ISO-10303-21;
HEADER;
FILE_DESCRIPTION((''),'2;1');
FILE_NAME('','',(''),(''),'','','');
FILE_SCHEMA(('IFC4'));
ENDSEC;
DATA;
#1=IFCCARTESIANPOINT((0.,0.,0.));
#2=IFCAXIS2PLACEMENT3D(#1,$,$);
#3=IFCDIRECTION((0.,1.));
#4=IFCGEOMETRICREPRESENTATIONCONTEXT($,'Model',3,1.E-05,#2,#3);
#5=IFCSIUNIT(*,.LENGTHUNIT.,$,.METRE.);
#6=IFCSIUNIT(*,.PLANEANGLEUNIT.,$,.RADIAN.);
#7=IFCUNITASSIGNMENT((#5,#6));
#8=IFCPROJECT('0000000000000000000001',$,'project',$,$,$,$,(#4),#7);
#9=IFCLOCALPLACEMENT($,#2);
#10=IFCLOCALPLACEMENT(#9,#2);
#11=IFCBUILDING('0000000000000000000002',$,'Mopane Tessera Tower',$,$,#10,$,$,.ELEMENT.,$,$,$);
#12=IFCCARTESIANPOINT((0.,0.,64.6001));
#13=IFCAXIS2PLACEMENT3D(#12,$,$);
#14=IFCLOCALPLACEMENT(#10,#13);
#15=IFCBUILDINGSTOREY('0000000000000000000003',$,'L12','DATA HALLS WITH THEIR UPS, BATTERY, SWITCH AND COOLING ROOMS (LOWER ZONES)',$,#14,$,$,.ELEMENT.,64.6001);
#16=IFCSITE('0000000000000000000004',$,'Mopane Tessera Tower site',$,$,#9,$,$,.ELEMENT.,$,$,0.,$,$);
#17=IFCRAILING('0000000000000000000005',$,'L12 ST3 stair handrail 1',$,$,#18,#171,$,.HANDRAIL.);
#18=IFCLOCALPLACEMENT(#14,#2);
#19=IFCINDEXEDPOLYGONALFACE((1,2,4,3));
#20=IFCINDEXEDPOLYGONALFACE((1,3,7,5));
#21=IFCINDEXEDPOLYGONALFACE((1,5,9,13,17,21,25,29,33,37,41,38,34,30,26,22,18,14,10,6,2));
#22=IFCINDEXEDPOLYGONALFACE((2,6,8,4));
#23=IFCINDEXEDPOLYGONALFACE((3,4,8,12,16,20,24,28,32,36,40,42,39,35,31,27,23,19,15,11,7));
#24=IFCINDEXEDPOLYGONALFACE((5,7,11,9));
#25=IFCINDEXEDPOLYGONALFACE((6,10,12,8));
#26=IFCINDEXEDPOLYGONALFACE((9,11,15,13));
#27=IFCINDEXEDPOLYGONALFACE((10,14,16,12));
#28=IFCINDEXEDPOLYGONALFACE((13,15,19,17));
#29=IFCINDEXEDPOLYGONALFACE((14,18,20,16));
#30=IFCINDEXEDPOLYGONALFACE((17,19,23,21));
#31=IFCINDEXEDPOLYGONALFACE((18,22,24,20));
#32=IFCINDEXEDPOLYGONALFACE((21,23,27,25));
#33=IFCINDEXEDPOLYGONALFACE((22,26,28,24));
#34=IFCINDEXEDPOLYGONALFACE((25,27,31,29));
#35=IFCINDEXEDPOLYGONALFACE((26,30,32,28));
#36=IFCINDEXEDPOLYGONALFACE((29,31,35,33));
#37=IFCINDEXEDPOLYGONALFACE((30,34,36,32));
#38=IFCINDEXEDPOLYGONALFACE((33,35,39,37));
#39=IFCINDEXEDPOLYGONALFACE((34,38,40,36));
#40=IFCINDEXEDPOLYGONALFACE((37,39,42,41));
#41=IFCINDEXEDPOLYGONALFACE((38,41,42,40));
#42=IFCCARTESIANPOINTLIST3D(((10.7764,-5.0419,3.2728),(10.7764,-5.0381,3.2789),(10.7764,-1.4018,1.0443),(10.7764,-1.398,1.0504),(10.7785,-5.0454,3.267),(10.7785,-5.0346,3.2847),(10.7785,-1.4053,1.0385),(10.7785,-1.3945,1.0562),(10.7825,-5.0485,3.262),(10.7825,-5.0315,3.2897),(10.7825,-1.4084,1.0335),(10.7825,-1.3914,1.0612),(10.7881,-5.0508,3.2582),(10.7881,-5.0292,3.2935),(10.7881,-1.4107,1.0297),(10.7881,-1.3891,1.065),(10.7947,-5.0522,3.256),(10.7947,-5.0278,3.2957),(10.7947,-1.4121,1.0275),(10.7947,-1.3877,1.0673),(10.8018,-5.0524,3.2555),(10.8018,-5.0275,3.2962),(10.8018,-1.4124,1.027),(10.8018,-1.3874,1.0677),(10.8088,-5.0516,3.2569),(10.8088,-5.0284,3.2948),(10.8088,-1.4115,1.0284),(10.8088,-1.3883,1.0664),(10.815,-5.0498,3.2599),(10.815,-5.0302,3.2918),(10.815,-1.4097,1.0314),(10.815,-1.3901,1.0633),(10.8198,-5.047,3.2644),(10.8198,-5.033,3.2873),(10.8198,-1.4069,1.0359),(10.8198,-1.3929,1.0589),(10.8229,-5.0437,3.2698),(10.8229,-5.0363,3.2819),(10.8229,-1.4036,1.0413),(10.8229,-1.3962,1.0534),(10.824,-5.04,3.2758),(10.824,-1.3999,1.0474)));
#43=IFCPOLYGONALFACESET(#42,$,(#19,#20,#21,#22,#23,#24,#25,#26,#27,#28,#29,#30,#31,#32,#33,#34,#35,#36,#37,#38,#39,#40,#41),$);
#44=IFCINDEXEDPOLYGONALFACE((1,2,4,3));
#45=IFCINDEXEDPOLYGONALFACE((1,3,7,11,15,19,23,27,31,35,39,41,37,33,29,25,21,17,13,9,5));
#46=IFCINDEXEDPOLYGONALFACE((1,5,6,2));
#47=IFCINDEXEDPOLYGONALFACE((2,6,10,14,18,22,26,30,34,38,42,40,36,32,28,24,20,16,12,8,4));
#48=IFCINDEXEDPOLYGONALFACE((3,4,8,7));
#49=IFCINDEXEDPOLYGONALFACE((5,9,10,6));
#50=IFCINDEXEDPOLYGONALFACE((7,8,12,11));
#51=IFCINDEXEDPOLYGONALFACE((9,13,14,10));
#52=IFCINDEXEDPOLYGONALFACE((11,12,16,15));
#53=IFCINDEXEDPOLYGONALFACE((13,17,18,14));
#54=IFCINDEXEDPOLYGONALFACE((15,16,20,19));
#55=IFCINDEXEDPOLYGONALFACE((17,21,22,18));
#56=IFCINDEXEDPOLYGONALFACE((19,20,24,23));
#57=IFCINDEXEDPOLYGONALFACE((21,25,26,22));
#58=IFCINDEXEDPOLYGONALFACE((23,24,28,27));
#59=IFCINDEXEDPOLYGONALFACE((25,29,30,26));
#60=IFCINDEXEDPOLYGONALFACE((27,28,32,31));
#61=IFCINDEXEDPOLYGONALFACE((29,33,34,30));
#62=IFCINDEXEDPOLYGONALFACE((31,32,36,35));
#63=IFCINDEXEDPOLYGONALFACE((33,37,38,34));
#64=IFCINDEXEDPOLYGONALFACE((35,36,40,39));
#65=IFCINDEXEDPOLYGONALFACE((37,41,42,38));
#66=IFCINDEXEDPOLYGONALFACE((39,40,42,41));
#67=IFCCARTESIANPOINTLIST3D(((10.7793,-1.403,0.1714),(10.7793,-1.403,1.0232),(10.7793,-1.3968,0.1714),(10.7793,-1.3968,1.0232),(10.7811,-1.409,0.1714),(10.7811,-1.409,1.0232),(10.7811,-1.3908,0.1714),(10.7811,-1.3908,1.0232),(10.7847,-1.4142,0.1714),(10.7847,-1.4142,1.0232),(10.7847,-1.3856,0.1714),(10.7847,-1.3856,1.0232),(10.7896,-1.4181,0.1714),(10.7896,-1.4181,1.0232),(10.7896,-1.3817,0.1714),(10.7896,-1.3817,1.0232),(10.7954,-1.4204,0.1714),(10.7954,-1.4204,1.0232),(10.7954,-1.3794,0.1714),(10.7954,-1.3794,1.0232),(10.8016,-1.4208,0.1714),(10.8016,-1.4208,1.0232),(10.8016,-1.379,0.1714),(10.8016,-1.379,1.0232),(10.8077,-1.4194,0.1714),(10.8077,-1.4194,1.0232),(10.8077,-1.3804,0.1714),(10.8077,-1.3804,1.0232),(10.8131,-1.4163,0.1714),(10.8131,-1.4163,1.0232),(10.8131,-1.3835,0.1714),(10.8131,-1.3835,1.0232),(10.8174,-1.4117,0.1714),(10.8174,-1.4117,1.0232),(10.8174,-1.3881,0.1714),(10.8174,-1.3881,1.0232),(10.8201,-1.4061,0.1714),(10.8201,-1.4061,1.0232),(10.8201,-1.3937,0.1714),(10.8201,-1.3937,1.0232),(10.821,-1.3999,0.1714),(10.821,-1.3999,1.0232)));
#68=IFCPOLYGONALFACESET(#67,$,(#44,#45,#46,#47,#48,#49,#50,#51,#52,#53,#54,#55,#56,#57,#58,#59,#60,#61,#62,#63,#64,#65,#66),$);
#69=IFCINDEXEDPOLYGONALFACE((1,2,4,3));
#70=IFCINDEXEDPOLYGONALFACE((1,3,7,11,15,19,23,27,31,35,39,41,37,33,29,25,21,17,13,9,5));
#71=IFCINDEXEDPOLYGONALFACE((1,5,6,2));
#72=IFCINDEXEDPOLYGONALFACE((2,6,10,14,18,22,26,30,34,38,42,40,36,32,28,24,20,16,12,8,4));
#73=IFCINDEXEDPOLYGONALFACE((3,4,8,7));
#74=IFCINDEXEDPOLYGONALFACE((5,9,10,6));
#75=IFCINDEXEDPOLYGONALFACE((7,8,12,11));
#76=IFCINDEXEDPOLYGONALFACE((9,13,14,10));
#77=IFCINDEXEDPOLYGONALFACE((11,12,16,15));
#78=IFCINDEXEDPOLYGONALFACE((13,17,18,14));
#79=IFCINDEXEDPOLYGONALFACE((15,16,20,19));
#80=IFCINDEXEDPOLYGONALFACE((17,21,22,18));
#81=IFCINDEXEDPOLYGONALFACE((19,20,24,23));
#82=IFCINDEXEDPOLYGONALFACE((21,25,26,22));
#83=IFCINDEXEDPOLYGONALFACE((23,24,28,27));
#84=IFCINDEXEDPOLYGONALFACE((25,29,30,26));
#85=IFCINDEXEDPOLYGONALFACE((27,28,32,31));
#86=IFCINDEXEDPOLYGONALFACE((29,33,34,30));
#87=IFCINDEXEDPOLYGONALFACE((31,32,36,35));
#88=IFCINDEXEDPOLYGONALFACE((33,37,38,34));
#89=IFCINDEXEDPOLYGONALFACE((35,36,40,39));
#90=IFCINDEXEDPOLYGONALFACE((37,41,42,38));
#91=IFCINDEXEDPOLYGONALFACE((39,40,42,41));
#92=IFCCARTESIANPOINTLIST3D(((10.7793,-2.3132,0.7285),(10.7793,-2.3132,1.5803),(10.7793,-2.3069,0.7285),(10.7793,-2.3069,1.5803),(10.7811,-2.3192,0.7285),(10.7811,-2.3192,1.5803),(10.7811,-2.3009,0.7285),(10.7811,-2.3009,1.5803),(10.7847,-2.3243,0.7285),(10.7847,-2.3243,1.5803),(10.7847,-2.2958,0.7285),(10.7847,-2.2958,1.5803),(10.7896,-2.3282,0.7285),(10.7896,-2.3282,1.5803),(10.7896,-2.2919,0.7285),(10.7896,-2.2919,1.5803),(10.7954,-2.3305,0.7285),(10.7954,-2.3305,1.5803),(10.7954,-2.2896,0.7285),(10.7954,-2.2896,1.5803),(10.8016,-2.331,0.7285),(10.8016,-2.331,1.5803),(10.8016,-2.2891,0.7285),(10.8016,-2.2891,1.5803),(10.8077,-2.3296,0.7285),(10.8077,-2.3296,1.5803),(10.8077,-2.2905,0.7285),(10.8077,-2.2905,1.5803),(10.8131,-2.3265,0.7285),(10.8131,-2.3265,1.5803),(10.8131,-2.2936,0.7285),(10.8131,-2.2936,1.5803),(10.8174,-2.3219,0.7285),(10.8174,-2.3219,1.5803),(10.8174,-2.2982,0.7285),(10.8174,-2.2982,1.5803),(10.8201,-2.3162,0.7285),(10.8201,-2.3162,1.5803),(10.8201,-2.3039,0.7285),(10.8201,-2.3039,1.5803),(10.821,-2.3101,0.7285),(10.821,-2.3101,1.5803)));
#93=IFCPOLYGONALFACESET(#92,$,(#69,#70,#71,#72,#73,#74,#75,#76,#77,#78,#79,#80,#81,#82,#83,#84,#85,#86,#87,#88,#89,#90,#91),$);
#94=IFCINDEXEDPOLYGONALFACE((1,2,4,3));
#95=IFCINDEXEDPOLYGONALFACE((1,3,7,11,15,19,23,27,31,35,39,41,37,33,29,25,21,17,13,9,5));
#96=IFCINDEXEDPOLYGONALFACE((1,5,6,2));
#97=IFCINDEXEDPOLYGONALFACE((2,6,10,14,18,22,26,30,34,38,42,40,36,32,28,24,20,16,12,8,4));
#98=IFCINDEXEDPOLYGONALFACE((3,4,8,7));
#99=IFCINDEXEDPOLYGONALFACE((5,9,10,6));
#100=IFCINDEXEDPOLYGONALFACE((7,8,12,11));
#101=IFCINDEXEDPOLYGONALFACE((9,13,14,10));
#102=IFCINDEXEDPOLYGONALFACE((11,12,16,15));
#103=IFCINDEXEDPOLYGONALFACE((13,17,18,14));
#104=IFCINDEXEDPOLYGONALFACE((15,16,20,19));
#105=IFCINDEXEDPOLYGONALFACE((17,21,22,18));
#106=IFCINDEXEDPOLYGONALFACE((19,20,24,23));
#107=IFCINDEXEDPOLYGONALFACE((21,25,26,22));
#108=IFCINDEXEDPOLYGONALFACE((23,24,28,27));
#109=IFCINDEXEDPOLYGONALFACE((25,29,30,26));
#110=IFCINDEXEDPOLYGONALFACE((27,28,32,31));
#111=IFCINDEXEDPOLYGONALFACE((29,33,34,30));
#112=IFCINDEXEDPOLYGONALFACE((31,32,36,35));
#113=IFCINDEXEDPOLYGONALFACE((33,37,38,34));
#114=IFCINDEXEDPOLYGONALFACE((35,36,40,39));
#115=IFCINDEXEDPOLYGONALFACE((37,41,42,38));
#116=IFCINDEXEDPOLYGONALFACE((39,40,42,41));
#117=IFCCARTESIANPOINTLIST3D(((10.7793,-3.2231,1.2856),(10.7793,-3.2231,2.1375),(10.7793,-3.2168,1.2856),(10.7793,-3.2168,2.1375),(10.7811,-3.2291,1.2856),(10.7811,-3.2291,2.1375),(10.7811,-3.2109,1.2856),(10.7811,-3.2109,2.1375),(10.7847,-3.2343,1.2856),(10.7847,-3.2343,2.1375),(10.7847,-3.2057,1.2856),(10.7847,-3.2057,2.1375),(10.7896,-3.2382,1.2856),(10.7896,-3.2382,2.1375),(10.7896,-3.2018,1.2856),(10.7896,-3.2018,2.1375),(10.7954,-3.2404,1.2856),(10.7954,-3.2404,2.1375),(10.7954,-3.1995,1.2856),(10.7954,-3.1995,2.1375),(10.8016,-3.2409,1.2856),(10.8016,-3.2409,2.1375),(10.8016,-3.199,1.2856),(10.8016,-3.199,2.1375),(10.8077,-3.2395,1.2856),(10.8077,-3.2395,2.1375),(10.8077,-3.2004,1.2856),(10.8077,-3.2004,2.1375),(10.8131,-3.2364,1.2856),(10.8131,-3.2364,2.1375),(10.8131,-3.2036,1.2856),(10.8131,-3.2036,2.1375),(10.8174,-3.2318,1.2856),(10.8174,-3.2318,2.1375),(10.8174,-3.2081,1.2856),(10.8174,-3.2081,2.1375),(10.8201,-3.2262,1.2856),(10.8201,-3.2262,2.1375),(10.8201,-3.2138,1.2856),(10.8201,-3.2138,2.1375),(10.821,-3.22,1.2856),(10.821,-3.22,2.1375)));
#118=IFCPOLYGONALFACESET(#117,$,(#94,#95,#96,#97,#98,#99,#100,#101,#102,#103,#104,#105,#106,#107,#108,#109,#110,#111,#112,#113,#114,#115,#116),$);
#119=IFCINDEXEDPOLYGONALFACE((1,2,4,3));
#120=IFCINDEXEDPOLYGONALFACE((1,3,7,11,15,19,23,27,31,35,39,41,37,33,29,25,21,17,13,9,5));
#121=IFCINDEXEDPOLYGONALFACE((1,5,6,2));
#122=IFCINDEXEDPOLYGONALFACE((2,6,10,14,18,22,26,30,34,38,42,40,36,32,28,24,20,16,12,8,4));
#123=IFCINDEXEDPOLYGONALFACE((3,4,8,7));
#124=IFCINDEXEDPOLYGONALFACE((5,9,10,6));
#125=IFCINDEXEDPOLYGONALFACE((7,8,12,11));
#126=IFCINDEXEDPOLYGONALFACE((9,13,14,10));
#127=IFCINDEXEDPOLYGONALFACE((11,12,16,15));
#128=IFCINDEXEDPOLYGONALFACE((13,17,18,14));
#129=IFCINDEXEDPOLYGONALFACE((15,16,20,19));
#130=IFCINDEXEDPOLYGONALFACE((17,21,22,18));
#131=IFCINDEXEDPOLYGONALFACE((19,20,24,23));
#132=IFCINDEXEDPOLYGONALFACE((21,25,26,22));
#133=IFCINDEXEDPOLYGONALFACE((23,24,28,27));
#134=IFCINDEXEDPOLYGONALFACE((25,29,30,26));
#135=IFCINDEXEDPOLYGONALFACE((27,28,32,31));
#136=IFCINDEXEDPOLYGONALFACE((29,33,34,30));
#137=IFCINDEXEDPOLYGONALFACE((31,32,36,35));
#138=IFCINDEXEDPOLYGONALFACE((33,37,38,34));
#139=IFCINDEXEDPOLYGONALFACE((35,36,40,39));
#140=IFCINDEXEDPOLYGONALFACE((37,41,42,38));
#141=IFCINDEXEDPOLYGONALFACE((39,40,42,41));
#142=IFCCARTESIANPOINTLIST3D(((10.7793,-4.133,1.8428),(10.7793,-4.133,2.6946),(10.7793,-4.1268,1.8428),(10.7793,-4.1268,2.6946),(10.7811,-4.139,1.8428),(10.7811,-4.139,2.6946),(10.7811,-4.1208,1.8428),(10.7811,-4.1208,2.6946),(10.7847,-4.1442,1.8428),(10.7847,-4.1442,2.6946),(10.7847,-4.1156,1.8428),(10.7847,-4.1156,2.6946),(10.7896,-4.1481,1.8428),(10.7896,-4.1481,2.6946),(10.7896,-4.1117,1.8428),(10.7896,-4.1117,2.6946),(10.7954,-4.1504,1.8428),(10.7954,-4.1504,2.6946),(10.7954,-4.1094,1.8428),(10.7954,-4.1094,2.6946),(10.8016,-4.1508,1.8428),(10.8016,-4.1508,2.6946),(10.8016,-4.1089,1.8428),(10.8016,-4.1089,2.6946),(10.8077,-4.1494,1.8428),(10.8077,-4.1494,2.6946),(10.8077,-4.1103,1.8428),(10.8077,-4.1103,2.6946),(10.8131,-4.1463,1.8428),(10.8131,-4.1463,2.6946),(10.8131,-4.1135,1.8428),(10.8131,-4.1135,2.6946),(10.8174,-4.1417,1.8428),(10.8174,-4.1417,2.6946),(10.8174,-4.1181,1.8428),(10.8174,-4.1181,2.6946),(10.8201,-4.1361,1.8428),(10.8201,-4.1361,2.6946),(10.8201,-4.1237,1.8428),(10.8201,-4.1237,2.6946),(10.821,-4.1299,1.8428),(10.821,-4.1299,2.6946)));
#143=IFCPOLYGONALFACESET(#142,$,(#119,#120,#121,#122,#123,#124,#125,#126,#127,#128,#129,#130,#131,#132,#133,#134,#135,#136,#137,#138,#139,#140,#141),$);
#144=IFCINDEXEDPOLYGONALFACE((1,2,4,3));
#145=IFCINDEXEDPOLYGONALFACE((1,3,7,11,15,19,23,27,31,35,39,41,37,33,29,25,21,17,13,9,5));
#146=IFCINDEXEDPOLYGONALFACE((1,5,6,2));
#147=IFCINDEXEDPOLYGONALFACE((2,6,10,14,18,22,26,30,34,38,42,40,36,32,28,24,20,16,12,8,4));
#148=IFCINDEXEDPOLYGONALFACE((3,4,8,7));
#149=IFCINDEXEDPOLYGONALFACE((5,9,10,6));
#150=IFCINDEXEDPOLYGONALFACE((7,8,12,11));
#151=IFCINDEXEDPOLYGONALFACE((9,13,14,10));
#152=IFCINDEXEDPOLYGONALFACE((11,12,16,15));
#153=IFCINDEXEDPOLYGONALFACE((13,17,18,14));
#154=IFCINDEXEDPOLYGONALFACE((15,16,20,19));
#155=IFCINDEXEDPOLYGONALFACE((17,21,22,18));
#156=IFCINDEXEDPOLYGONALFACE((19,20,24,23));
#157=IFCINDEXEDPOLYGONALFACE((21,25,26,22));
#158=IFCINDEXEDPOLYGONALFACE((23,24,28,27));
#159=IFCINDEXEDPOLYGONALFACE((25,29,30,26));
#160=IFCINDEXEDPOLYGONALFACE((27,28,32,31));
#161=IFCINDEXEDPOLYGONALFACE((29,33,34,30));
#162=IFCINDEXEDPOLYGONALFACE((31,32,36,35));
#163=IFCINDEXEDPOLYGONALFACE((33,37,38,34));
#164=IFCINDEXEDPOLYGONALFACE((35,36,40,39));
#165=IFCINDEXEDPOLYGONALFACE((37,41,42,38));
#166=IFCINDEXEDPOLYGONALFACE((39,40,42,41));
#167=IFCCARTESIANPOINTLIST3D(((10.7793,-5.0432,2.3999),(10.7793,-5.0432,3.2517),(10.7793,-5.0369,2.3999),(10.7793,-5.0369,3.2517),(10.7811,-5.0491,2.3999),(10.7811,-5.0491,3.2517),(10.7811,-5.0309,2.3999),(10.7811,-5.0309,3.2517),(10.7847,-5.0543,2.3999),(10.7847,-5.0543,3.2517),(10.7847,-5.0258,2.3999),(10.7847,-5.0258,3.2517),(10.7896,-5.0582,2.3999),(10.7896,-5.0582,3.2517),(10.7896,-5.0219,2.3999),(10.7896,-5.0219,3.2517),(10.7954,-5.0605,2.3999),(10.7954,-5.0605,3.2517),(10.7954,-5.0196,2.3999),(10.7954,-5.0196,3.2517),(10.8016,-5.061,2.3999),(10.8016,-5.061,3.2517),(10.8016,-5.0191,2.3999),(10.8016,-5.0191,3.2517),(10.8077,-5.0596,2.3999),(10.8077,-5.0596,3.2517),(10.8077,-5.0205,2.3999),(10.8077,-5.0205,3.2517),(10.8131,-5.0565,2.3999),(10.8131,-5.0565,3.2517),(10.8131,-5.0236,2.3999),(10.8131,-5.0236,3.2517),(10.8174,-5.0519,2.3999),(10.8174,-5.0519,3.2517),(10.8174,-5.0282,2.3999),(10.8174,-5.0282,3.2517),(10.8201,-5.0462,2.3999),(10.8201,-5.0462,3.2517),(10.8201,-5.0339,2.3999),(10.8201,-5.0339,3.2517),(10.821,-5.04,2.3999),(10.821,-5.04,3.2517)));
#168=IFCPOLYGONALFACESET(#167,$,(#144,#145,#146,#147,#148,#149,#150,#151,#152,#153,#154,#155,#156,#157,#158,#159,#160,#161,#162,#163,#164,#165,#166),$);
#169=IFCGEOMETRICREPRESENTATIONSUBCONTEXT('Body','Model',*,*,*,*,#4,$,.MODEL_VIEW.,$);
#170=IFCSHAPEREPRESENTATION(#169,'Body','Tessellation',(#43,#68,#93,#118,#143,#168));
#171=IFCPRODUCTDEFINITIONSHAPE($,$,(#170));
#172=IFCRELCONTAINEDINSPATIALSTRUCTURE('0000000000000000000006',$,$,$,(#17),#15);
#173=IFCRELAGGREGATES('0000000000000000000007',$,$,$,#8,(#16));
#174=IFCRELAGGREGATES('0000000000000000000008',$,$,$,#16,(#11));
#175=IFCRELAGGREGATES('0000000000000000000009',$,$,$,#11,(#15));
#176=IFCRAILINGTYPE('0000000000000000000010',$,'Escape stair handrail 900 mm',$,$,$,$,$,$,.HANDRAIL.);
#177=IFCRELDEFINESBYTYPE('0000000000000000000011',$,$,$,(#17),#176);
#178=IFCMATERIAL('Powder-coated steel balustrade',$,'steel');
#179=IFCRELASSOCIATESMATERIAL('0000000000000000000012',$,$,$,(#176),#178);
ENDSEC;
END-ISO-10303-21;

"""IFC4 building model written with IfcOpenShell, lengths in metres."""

from ifc_helpers import new_model, si_unit, direction, frame, origin, origin_2d, place, context, subcontext, project, spatial, circle, extrude, material, type_object, element, save


model = new_model("IFC4")

# Units and contexts
model_context = context("Model", 3, precision=1e-05, world=origin(), true_north=direction((0.0, 1.0)))
body_context = subcontext(model_context, "Body", "Model", "MODEL_VIEW")
ifc_project = project(units=[si_unit("LENGTHUNIT", "METRE"), si_unit("PLANEANGLEUNIT", "RADIAN")], contexts=[model_context])

# Site, building, storey
site_placement = place(None, origin())
site = spatial("IfcSite", under=ifc_project, at=site_placement, Name="Mopane Tessera Tower site", CompositionType="ELEMENT", RefElevation=0.0)
building_placement = place(site_placement, origin())
building = spatial("IfcBuilding", under=site, at=building_placement, Name="Mopane Tessera Tower", CompositionType="ELEMENT")
storey_placement = place(building_placement, frame((0.0, 0.0, 64.6001)))
storey = spatial("IfcBuildingStorey", under=building, at=storey_placement, Name="L12", Description="DATA HALLS WITH THEIR UPS, BATTERY, SWITCH AND COOLING ROOMS (LOWER ZONES)", CompositionType="ELEMENT", Elevation=64.6001)

# Railing
ifc_material_1 = material(Name="Powder-coated steel balustrade", Category="steel")
railing_type_1 = type_object("IfcRailingType", Name="Escape stair handrail 900 mm", PredefinedType="HANDRAIL", material=ifc_material_1)
railing_1_placement = place(storey_placement, frame((10.8, -1.3999, 0.1714)))
element("IfcRailing", 1, at=railing_1_placement, inside=storey, type_object=railing_type_1, Name="L12 ST3 stair handrail 1", PredefinedType="HANDRAIL", context=body_context, shape_type="SweptSolid", body=[
    extrude(circle(Radius=0.0239, at=origin_2d()), frame((0.0, 0.0, 0.876), z_axis=(0.0, -0.852866, 0.52213), x_axis=(1.0, 0.0, 0.0)), (0.0, 0.0, 1.0), 4.2681),
    extrude(circle(Radius=0.021, at=origin_2d()), origin(), (0.0, 0.0, 1.0), 0.8518),
    extrude(circle(Radius=0.021, at=origin_2d()), frame((0.0, -0.9102, 0.5571)), (0.0, 0.0, 1.0), 0.8518),
    extrude(circle(Radius=0.021, at=origin_2d()), frame((0.0, -1.8201, 1.1143)), (0.0, 0.0, 1.0), 0.8518),
    extrude(circle(Radius=0.021, at=origin_2d()), frame((0.0, -2.73, 1.6714)), (0.0, 0.0, 1.0), 0.8518),
    extrude(circle(Radius=0.021, at=origin_2d()), frame((0.0, -3.6401, 2.2285)), (0.0, 0.0, 1.0), 0.8518),
])

save(model, "model.ifc")
